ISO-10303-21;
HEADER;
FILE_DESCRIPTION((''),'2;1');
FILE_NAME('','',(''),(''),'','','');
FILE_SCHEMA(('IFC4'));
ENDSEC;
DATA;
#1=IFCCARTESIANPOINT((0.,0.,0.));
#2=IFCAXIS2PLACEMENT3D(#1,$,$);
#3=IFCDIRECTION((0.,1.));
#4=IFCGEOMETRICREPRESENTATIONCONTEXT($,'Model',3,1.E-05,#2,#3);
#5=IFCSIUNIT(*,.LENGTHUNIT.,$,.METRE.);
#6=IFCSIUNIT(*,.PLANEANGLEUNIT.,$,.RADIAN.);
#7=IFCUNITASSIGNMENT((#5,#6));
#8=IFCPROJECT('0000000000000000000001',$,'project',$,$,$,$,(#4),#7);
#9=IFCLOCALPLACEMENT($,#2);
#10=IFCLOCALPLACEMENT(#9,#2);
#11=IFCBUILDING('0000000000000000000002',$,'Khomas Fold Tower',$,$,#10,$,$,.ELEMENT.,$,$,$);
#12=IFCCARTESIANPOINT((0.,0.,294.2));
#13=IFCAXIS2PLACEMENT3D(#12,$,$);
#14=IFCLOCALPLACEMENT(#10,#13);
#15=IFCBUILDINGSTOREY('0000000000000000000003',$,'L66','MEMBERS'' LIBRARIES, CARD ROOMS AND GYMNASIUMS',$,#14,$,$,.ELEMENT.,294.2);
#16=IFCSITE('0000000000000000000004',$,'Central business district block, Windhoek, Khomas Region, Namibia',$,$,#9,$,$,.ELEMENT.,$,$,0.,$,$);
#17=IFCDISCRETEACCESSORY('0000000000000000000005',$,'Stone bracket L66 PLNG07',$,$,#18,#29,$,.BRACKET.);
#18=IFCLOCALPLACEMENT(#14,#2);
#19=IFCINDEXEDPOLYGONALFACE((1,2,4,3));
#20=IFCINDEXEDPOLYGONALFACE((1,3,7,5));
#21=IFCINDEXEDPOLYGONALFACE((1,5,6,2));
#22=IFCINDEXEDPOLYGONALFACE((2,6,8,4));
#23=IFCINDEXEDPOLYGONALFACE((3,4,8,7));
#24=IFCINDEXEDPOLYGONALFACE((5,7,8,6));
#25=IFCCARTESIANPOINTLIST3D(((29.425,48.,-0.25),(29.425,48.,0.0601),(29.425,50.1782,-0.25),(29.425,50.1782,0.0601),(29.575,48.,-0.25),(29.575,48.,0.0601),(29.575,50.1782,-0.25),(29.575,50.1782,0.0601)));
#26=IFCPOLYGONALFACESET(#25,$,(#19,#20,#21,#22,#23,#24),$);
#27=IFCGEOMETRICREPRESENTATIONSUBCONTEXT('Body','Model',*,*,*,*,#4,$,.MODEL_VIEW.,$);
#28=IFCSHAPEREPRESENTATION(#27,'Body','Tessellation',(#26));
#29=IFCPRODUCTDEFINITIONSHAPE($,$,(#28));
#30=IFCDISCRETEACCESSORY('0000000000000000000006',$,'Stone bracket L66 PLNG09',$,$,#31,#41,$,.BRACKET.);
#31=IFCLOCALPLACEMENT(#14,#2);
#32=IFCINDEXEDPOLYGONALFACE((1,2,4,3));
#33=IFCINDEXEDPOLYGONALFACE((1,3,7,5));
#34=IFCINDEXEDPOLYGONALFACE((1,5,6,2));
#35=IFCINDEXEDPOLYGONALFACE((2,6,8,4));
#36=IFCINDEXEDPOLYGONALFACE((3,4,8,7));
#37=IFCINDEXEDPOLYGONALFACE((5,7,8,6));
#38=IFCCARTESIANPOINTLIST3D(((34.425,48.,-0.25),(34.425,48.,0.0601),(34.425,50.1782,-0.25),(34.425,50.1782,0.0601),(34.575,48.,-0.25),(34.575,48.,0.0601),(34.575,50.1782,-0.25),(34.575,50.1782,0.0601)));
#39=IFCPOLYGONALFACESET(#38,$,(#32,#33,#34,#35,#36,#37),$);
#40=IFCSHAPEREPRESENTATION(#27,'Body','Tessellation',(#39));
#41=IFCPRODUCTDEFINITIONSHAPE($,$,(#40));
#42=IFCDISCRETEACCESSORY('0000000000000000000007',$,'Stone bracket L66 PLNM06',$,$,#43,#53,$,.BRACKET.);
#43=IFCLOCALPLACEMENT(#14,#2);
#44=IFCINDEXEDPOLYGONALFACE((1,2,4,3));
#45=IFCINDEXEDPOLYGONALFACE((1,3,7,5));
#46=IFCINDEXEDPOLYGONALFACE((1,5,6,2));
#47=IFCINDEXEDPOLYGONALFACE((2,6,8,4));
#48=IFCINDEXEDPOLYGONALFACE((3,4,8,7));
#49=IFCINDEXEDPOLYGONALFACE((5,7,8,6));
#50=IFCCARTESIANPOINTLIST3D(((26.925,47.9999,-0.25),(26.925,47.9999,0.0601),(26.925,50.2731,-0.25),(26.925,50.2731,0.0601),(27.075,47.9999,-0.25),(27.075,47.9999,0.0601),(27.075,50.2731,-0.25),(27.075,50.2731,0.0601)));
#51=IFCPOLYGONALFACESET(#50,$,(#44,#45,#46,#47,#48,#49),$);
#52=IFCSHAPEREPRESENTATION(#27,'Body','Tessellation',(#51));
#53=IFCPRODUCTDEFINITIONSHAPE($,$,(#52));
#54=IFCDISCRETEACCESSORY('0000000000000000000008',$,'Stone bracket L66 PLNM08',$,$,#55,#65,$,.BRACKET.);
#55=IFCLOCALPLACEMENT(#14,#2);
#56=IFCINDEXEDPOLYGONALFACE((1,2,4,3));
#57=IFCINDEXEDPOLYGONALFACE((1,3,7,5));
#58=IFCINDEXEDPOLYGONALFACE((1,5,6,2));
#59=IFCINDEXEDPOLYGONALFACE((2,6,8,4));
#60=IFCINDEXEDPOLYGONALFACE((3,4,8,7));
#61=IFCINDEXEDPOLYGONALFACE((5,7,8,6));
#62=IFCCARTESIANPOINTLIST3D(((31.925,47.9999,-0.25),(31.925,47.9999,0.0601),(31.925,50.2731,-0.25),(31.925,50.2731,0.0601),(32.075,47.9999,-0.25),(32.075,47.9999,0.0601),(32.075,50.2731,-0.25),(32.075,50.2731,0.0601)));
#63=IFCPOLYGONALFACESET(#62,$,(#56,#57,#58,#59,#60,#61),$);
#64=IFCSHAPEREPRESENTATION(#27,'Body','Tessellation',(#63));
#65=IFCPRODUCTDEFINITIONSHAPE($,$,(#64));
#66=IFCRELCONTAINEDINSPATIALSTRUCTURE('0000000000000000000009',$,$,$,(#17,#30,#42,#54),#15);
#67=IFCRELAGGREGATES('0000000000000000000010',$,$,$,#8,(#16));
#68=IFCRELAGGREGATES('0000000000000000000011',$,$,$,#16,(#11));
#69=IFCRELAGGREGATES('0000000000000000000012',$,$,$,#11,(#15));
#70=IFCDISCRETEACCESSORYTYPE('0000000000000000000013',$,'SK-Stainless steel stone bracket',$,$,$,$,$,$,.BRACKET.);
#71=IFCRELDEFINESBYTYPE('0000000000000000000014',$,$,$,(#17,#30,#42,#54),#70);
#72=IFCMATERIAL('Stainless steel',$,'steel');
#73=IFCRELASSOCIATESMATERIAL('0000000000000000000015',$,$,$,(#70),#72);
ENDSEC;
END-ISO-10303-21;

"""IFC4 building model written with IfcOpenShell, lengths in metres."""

from ifc_helpers import new_model, si_unit, direction, frame, origin, origin_2d, place, context, subcontext, project, spatial, rectangle, extrude, source, transform, mapped, material, type_object, element, save


model = new_model("IFC4")

# Units and contexts
model_context = context("Model", 3, precision=1e-05, world=origin(), true_north=direction((0.0, 1.0)))
body_context = subcontext(model_context, "Body", "Model", "MODEL_VIEW")
ifc_project = project(units=[si_unit("LENGTHUNIT", "METRE"), si_unit("PLANEANGLEUNIT", "RADIAN")], contexts=[model_context])

# Site, building, storey
site_placement = place(None, origin())
site = spatial("IfcSite", under=ifc_project, at=site_placement, Name="Central business district block, Windhoek, Khomas Region, Namibia", CompositionType="ELEMENT", RefElevation=0.0)
building_placement = place(site_placement, origin())
building = spatial("IfcBuilding", under=site, at=building_placement, Name="Khomas Fold Tower", CompositionType="ELEMENT")
storey_placement = place(building_placement, frame((0.0, 0.0, 294.2)))
storey = spatial("IfcBuildingStorey", under=building, at=storey_placement, Name="L66", Description="MEMBERS' LIBRARIES, CARD ROOMS AND GYMNASIUMS", CompositionType="ELEMENT", Elevation=294.2)

# Discrete accessories
ifc_material_1 = material(Name="Stainless steel", Category="steel")
discrete_accessory_type = type_object("IfcDiscreteAccessoryType", Name="SK-Stainless steel stone bracket", PredefinedType="BRACKET", material=ifc_material_1)
shared_shape_1 = source(origin(), body_context, "Body", "SweptSolid", [
    extrude(rectangle(XDim=2.1782, YDim=0.1499, at=origin_2d()), origin(), (0.0, 0.0, 1.0), 0.3101),
])
for number, where, z_axis, x_axis, name in (
    (1, (29.5, 49.0891, -0.25), (0.0, 0.0, 1.0), (0.0, 1.0, 0.0), "Stone bracket L66 PLNG07"),
    (2, (34.5, 49.0891, -0.25), (0.0, 0.0, 1.0), (0.0, 1.0, 0.0), "Stone bracket L66 PLNG09"),
):
    element("IfcDiscreteAccessory", number, at=place(storey_placement, frame(where, z_axis=z_axis, x_axis=x_axis)), inside=storey, type_object=discrete_accessory_type, Name=name, PredefinedType="BRACKET", context=body_context, shape_type="MappedRepresentation", body=[
        mapped(shared_shape_1, transform((0.0, 0.0, 0.0))),
    ])
shared_shape_2 = source(origin(), body_context, "Body", "SweptSolid", [
    extrude(rectangle(XDim=2.2732, YDim=0.1499, at=origin_2d()), origin(), (0.0, 0.0, 1.0), 0.3101),
])
for number, where, z_axis, x_axis, name in (
    (3, (27.0, 49.1365, -0.25), (0.0, 0.0, 1.0), (0.0, 1.0, 0.0), "Stone bracket L66 PLNM06"),
    (4, (32.0, 49.1365, -0.25), (0.0, 0.0, 1.0), (0.0, 1.0, 0.0), "Stone bracket L66 PLNM08"),
):
    element("IfcDiscreteAccessory", number, at=place(storey_placement, frame(where, z_axis=z_axis, x_axis=x_axis)), inside=storey, type_object=discrete_accessory_type, Name=name, PredefinedType="BRACKET", context=body_context, shape_type="MappedRepresentation", body=[
        mapped(shared_shape_2, transform((0.0, 0.0, 0.0))),
    ])

save(model, "model.ifc")
